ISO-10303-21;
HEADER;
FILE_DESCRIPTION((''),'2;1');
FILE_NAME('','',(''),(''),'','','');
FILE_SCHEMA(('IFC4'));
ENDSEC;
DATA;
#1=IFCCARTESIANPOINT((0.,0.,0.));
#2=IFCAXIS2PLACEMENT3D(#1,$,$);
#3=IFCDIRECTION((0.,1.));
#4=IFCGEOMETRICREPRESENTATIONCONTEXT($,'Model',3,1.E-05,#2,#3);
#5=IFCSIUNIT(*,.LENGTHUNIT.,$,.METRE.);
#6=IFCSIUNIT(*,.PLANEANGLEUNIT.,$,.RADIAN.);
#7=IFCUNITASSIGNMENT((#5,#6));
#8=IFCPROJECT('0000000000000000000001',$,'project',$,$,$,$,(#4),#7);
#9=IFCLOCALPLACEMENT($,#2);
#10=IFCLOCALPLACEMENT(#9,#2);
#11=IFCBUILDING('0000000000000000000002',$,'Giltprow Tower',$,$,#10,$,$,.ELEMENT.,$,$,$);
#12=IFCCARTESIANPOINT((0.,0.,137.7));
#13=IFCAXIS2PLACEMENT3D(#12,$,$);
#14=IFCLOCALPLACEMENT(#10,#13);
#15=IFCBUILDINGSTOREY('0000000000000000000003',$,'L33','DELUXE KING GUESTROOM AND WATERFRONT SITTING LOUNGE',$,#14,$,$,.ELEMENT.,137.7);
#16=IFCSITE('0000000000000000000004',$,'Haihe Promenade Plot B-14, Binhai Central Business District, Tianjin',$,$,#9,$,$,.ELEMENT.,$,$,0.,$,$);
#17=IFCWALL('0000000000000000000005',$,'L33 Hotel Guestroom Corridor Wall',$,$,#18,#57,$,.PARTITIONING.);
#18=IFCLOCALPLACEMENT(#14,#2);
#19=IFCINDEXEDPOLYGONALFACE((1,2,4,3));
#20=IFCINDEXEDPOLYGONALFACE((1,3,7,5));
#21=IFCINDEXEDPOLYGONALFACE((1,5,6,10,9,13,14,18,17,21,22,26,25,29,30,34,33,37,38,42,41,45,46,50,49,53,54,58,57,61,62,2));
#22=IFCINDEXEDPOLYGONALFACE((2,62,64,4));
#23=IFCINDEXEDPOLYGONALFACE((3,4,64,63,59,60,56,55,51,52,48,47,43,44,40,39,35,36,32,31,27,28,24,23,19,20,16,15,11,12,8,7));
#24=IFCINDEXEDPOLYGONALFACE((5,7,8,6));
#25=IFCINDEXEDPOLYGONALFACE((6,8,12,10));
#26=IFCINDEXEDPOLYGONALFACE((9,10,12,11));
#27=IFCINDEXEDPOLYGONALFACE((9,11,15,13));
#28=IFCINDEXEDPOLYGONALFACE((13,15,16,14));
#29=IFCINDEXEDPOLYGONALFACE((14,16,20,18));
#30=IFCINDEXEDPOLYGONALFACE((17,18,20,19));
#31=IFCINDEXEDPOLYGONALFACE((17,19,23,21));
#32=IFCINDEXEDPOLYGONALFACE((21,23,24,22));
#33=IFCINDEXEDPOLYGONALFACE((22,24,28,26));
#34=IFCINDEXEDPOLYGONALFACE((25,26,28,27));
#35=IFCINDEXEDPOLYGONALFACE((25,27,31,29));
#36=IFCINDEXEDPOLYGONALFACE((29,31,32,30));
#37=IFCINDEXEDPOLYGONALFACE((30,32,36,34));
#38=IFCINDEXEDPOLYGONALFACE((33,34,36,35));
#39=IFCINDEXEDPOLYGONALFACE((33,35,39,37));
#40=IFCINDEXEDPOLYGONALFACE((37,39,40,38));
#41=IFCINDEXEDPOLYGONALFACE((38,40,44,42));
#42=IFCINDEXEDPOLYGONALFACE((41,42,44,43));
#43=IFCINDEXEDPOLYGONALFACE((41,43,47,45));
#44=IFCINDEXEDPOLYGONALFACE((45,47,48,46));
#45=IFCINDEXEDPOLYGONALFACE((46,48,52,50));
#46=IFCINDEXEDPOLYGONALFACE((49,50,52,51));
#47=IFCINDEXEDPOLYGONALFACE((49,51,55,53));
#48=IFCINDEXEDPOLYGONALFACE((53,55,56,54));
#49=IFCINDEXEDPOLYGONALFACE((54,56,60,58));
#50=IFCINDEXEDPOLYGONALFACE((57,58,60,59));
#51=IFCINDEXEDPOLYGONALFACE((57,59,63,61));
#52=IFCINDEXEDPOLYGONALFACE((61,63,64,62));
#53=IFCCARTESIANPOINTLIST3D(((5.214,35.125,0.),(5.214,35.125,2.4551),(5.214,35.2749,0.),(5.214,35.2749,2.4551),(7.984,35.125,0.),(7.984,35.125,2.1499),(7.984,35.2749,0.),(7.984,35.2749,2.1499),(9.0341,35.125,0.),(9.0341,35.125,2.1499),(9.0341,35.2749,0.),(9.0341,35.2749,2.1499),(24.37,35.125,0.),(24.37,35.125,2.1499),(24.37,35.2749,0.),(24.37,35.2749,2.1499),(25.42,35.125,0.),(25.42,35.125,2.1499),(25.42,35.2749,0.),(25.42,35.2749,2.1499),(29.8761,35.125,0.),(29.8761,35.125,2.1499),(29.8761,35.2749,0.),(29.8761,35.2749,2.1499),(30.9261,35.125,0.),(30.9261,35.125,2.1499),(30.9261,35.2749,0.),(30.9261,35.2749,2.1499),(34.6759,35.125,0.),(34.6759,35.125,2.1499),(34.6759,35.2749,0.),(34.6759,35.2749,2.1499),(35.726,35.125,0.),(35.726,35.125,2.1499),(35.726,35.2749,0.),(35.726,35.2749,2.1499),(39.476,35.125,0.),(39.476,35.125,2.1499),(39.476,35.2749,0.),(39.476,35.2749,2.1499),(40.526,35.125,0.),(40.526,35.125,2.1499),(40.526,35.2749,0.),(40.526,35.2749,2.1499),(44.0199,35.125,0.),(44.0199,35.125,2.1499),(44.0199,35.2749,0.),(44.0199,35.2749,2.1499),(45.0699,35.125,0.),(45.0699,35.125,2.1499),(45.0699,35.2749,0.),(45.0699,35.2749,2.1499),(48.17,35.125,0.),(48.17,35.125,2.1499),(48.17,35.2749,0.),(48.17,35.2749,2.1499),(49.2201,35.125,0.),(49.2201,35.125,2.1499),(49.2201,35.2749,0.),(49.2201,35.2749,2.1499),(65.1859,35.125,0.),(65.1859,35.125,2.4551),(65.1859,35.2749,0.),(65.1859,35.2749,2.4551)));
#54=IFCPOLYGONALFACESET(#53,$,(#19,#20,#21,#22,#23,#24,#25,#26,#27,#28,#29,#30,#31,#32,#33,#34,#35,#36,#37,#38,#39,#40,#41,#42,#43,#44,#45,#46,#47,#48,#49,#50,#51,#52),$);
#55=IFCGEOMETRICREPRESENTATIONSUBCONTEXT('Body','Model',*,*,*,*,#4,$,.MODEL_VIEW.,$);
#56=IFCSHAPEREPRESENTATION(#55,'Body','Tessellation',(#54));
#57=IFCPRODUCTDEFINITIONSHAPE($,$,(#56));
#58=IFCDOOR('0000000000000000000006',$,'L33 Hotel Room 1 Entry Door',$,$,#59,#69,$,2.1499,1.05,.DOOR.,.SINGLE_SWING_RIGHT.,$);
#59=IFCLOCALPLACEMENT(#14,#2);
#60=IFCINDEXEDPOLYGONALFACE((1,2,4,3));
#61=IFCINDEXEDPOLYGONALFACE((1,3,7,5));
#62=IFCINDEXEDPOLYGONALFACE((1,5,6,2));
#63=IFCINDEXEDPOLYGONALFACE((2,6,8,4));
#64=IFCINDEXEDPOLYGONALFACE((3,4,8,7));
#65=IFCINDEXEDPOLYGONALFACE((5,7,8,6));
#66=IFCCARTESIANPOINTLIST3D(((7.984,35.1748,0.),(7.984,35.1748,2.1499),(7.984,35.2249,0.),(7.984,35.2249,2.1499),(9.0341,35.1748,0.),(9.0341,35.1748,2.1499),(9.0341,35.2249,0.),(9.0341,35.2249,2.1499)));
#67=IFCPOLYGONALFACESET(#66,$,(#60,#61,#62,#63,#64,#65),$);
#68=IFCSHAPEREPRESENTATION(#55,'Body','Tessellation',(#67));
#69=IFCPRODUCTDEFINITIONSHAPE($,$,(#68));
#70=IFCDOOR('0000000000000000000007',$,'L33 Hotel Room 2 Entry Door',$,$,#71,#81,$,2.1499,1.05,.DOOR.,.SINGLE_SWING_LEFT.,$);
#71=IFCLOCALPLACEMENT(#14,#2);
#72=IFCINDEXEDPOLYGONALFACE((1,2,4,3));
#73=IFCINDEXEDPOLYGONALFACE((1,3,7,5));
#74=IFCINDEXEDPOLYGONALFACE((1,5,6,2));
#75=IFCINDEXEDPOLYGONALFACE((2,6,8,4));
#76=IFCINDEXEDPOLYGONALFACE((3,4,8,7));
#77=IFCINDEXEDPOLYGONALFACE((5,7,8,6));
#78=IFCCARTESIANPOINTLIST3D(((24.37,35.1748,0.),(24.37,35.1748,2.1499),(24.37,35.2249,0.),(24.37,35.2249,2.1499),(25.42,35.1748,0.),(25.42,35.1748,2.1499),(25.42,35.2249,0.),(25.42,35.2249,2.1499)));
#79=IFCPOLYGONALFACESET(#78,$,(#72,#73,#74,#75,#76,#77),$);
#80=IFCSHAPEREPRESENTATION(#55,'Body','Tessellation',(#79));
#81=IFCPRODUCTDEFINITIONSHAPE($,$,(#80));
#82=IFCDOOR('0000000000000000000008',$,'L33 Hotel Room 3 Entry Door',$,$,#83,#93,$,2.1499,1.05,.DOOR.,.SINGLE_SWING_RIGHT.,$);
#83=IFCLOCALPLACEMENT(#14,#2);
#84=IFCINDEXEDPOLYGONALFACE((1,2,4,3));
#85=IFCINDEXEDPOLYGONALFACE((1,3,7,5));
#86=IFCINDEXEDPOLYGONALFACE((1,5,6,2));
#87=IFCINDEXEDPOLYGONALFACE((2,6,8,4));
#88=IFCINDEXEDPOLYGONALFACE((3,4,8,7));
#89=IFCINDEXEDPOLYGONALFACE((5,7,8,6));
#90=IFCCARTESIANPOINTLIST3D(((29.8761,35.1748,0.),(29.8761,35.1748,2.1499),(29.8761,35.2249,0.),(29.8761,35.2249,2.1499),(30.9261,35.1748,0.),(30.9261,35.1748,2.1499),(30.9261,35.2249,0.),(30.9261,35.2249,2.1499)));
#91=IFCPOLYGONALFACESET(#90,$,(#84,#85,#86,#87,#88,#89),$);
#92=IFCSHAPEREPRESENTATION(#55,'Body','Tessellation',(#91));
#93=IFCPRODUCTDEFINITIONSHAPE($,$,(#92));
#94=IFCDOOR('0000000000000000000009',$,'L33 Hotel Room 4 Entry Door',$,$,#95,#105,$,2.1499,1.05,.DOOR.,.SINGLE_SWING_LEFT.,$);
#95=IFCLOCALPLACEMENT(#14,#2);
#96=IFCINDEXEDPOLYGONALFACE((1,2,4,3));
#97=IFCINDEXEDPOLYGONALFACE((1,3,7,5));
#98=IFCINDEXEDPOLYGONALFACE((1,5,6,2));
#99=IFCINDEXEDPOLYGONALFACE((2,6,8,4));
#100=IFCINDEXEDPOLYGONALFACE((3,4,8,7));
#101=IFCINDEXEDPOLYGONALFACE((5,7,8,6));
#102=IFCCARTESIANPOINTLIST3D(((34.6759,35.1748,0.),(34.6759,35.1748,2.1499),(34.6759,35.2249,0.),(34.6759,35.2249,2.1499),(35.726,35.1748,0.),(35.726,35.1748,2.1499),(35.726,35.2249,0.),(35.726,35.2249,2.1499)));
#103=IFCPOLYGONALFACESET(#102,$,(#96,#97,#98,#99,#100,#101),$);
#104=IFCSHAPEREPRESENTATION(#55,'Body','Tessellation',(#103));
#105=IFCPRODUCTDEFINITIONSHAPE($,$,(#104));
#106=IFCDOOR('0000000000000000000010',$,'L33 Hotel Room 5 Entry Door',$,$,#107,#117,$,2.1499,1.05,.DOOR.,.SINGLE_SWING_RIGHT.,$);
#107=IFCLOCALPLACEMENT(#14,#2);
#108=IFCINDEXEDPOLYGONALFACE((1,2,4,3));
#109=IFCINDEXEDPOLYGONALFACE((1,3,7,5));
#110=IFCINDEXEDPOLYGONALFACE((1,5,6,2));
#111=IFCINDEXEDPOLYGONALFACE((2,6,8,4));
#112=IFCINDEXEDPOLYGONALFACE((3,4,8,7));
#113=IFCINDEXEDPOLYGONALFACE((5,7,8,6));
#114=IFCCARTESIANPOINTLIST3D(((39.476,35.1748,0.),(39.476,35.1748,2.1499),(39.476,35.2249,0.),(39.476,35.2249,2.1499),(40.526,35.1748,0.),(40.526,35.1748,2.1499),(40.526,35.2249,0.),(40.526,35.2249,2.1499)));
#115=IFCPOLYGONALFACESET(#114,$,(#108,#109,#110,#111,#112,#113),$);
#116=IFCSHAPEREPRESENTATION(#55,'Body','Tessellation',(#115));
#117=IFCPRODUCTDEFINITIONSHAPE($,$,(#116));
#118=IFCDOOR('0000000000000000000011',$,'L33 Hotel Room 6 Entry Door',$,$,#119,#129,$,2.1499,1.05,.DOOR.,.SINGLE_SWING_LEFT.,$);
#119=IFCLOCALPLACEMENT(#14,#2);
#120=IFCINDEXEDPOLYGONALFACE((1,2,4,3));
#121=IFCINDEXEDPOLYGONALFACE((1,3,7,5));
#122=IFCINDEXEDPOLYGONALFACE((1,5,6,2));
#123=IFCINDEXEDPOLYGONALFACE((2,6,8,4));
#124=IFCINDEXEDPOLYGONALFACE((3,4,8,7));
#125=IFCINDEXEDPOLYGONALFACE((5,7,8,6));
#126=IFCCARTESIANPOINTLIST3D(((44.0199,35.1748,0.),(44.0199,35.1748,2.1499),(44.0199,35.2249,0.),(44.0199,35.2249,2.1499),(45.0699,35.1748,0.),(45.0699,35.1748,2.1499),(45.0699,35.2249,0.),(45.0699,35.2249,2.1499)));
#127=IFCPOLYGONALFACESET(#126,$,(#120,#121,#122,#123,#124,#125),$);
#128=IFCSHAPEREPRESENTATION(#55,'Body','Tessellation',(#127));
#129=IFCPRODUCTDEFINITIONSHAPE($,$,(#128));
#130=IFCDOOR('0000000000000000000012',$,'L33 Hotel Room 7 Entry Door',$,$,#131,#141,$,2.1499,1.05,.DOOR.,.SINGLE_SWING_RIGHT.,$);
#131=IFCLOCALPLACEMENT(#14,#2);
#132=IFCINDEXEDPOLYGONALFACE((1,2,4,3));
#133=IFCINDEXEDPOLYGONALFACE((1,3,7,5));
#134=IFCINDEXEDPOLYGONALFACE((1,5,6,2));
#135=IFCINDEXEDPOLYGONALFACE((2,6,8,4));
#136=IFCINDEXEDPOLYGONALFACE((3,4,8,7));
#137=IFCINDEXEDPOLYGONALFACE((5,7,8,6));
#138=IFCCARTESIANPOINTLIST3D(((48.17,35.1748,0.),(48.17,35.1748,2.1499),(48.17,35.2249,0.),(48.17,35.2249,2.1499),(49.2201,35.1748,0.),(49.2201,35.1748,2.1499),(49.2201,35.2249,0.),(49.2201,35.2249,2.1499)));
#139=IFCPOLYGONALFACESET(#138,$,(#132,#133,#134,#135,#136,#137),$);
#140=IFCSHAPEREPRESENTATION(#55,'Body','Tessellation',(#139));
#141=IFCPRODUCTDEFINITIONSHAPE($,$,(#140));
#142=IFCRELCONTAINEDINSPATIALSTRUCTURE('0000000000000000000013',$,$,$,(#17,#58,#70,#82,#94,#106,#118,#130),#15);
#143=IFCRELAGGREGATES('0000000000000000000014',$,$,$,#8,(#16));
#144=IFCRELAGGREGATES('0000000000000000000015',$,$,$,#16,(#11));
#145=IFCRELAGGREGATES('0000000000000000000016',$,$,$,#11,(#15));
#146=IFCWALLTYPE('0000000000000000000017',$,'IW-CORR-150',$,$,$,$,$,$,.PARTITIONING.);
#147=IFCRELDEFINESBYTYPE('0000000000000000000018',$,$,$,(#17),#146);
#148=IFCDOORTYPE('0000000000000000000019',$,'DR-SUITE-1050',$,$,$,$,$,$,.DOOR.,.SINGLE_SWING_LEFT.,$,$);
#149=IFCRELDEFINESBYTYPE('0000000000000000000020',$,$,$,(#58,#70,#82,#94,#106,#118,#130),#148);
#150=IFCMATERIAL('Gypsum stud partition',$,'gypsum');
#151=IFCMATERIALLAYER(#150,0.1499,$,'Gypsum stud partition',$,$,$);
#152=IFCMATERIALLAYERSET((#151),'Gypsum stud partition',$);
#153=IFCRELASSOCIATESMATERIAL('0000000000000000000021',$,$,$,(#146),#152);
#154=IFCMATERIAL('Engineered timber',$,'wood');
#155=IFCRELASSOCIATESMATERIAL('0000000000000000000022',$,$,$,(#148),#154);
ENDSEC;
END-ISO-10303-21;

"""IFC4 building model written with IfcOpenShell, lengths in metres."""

from ifc_helpers import new_model, si_unit, direction, frame, frame_2d, origin, place, context, subcontext, project, spatial, rectangle, extrude, source, transform, mapped, material, layer, layer_set, type_object, element, fill, save


model = new_model("IFC4")

# Units and contexts
model_context = context("Model", 3, precision=1e-05, world=origin(), true_north=direction((0.0, 1.0)))
body_context = subcontext(model_context, "Body", "Model", "MODEL_VIEW")
ifc_project = project(units=[si_unit("LENGTHUNIT", "METRE"), si_unit("PLANEANGLEUNIT", "RADIAN")], contexts=[model_context])

# Site, building, storey
site_placement = place(None, origin())
site = spatial("IfcSite", under=ifc_project, at=site_placement, Name="Haihe Promenade Plot B-14, Binhai Central Business District, Tianjin", CompositionType="ELEMENT", RefElevation=0.0)
building_placement = place(site_placement, origin())
building = spatial("IfcBuilding", under=site, at=building_placement, Name="Giltprow Tower", CompositionType="ELEMENT")
storey_placement = place(building_placement, frame((0.0, 0.0, 137.7)))
storey = spatial("IfcBuildingStorey", under=building, at=storey_placement, Name="L33", Description="DELUXE KING GUESTROOM AND WATERFRONT SITTING LOUNGE", CompositionType="ELEMENT", Elevation=137.7)

# Wall, openings, doors
ifc_material_1 = material(Name="Gypsum stud partition", Category="gypsum")
ifc_layer_1 = layer(ifc_material_1, 0.1499, Name="Gypsum stud partition")
ifc_layer_set_1 = layer_set([ifc_layer_1], Name="Gypsum stud partition")
wall_type_1 = type_object("IfcWallType", Name="IW-CORR-150", PredefinedType="PARTITIONING", material=ifc_layer_set_1)
wall_1_placement = place(storey_placement, frame((5.2141, 35.2, 0.0), z_axis=(0.0, 0.0, 1.0), x_axis=(1.0, 0.0, 0.0)))
wall_1 = element("IfcWall", 1, at=wall_1_placement, inside=storey, type_object=wall_type_1, Name="L33 Hotel Guestroom Corridor Wall", PredefinedType="PARTITIONING", context=body_context, shape_type="SweptSolid", body=[
    extrude(rectangle(XDim=59.9719, YDim=0.1499, at=frame_2d((29.9858, 0.0))), origin(), (0.0, 0.0, 1.0), 2.4551),
])
opening_1_placement = place(wall_1_placement, frame((2.77, 0.0, 0.0)))
opening_1 = element("IfcOpeningElement", 2, at=opening_1_placement, cuts=wall_1, PredefinedType="OPENING", context=body_context, shape_type="SweptSolid", body=[
    extrude(rectangle(XDim=1.05, YDim=2.1499, at=frame_2d((0.5249, 1.075))), frame((0.0, 0.085, 0.0), z_axis=(0.0, -1.0, 0.0), x_axis=(1.0, 0.0, 0.0)), (0.0, 0.0, 1.0), 0.1699),
])
opening_2_placement = place(wall_1_placement, frame((19.156, 0.0, 0.0)))
opening_2 = element("IfcOpeningElement", 3, at=opening_2_placement, cuts=wall_1, PredefinedType="OPENING", context=body_context, shape_type="SweptSolid", body=[
    extrude(rectangle(XDim=1.05, YDim=2.1499, at=frame_2d((0.5249, 1.075))), frame((0.0, 0.085, 0.0), z_axis=(0.0, -1.0, 0.0), x_axis=(1.0, 0.0, 0.0)), (0.0, 0.0, 1.0), 0.1699),
])
opening_3_placement = place(wall_1_placement, frame((24.6621, 0.0, 0.0)))
opening_3 = element("IfcOpeningElement", 4, at=opening_3_placement, cuts=wall_1, PredefinedType="OPENING", context=body_context, shape_type="SweptSolid", body=[
    extrude(rectangle(XDim=1.05, YDim=2.1499, at=frame_2d((0.5249, 1.075))), frame((0.0, 0.085, 0.0), z_axis=(0.0, -1.0, 0.0), x_axis=(1.0, 0.0, 0.0)), (0.0, 0.0, 1.0), 0.1699),
])
opening_4_placement = place(wall_1_placement, frame((29.4619, 0.0, 0.0)))
opening_4 = element("IfcOpeningElement", 5, at=opening_4_placement, cuts=wall_1, PredefinedType="OPENING", context=body_context, shape_type="SweptSolid", body=[
    extrude(rectangle(XDim=1.05, YDim=2.1499, at=frame_2d((0.5249, 1.075))), frame((0.0, 0.085, 0.0), z_axis=(0.0, -1.0, 0.0), x_axis=(1.0, 0.0, 0.0)), (0.0, 0.0, 1.0), 0.1699),
])
opening_5_placement = place(wall_1_placement, frame((34.262, 0.0, 0.0)))
opening_5 = element("IfcOpeningElement", 6, at=opening_5_placement, cuts=wall_1, PredefinedType="OPENING", context=body_context, shape_type="SweptSolid", body=[
    extrude(rectangle(XDim=1.05, YDim=2.1499, at=frame_2d((0.5249, 1.075))), frame((0.0, 0.085, 0.0), z_axis=(0.0, -1.0, 0.0), x_axis=(1.0, 0.0, 0.0)), (0.0, 0.0, 1.0), 0.1699),
])
opening_6_placement = place(wall_1_placement, frame((38.8059, 0.0, 0.0)))
opening_6 = element("IfcOpeningElement", 7, at=opening_6_placement, cuts=wall_1, PredefinedType="OPENING", context=body_context, shape_type="SweptSolid", body=[
    extrude(rectangle(XDim=1.05, YDim=2.1499, at=frame_2d((0.5249, 1.075))), frame((0.0, 0.085, 0.0), z_axis=(0.0, -1.0, 0.0), x_axis=(1.0, 0.0, 0.0)), (0.0, 0.0, 1.0), 0.1699),
])
opening_7_placement = place(wall_1_placement, frame((42.9561, 0.0, 0.0)))
opening_7 = element("IfcOpeningElement", 8, at=opening_7_placement, cuts=wall_1, PredefinedType="OPENING", context=body_context, shape_type="SweptSolid", body=[
    extrude(rectangle(XDim=1.05, YDim=2.1499, at=frame_2d((0.5249, 1.075))), frame((0.0, 0.085, 0.0), z_axis=(0.0, -1.0, 0.0), x_axis=(1.0, 0.0, 0.0)), (0.0, 0.0, 1.0), 0.1699),
])
ifc_material_2 = material(Name="Engineered timber", Category="wood")
door_type_1 = type_object("IfcDoorType", Name="DR-SUITE-1050", OperationType="SINGLE_SWING_LEFT", PredefinedType="DOOR", material=ifc_material_2)
shared_shape_1 = source(origin(), body_context, "Body", "SweptSolid", [
    extrude(rectangle(XDim=1.05, YDim=2.1499, at=frame_2d((0.5249, 1.075))), frame((0.0, 0.0249, 0.0), z_axis=(0.0, -1.0, 0.0), x_axis=(1.0, 0.0, 0.0)), (0.0, 0.0, 1.0), 0.05),
])
door_1_placement = place(opening_1_placement, origin())
door_1 = element("IfcDoor", 9, at=door_1_placement, inside=storey, type_object=door_type_1, Name="L33 Hotel Room 1 Entry Door", OperationType="SINGLE_SWING_RIGHT", OverallHeight=2.1499, OverallWidth=1.05, PredefinedType="DOOR", context=body_context, shape_type="MappedRepresentation", body=[
    mapped(shared_shape_1, transform((0.0, 0.0, 0.0), x_axis=(1.0, 0.0, 0.0), y_axis=(0.0, 1.0, 0.0), z_axis=(0.0, 0.0, 1.0), scale=1.0)),
])
fill(opening_1, door_1)
door_2_placement = place(opening_2_placement, origin())
door_2 = element("IfcDoor", 10, at=door_2_placement, inside=storey, type_object=door_type_1, Name="L33 Hotel Room 2 Entry Door", OperationType="SINGLE_SWING_LEFT", OverallHeight=2.1499, OverallWidth=1.05, PredefinedType="DOOR", context=body_context, shape_type="MappedRepresentation", body=[
    mapped(shared_shape_1, transform((0.0, 0.0, 0.0), x_axis=(1.0, 0.0, 0.0), y_axis=(0.0, 1.0, 0.0), z_axis=(0.0, 0.0, 1.0), scale=1.0)),
])
fill(opening_2, door_2)
door_3_placement = place(opening_3_placement, origin())
door_3 = element("IfcDoor", 11, at=door_3_placement, inside=storey, type_object=door_type_1, Name="L33 Hotel Room 3 Entry Door", OperationType="SINGLE_SWING_RIGHT", OverallHeight=2.1499, OverallWidth=1.05, PredefinedType="DOOR", context=body_context, shape_type="MappedRepresentation", body=[
    mapped(shared_shape_1, transform((0.0, 0.0, 0.0), x_axis=(1.0, 0.0, 0.0), y_axis=(0.0, 1.0, 0.0), z_axis=(0.0, 0.0, 1.0), scale=1.0)),
])
fill(opening_3, door_3)
door_4_placement = place(opening_4_placement, origin())
door_4 = element("IfcDoor", 12, at=door_4_placement, inside=storey, type_object=door_type_1, Name="L33 Hotel Room 4 Entry Door", OperationType="SINGLE_SWING_LEFT", OverallHeight=2.1499, OverallWidth=1.05, PredefinedType="DOOR", context=body_context, shape_type="MappedRepresentation", body=[
    mapped(shared_shape_1, transform((0.0, 0.0, 0.0), x_axis=(1.0, 0.0, 0.0), y_axis=(0.0, 1.0, 0.0), z_axis=(0.0, 0.0, 1.0), scale=1.0)),
])
fill(opening_4, door_4)
door_5_placement = place(opening_5_placement, origin())
door_5 = element("IfcDoor", 13, at=door_5_placement, inside=storey, type_object=door_type_1, Name="L33 Hotel Room 5 Entry Door", OperationType="SINGLE_SWING_RIGHT", OverallHeight=2.1499, OverallWidth=1.05, PredefinedType="DOOR", context=body_context, shape_type="MappedRepresentation", body=[
    mapped(shared_shape_1, transform((0.0, 0.0, 0.0), x_axis=(1.0, 0.0, 0.0), y_axis=(0.0, 1.0, 0.0), z_axis=(0.0, 0.0, 1.0), scale=1.0)),
])
fill(opening_5, door_5)
door_6_placement = place(opening_6_placement, origin())
door_6 = element("IfcDoor", 14, at=door_6_placement, inside=storey, type_object=door_type_1, Name="L33 Hotel Room 6 Entry Door", OperationType="SINGLE_SWING_LEFT", OverallHeight=2.1499, OverallWidth=1.05, PredefinedType="DOOR", context=body_context, shape_type="MappedRepresentation", body=[
    mapped(shared_shape_1, transform((0.0, 0.0, 0.0), x_axis=(1.0, 0.0, 0.0), y_axis=(0.0, 1.0, 0.0), z_axis=(0.0, 0.0, 1.0), scale=1.0)),
])
fill(opening_6, door_6)
door_7_placement = place(opening_7_placement, origin())
door_7 = element("IfcDoor", 15, at=door_7_placement, inside=storey, type_object=door_type_1, Name="L33 Hotel Room 7 Entry Door", OperationType="SINGLE_SWING_RIGHT", OverallHeight=2.1499, OverallWidth=1.05, PredefinedType="DOOR", context=body_context, shape_type="MappedRepresentation", body=[
    mapped(shared_shape_1, transform((0.0, 0.0, 0.0), x_axis=(1.0, 0.0, 0.0), y_axis=(0.0, 1.0, 0.0), z_axis=(0.0, 0.0, 1.0), scale=1.0)),
])
fill(opening_7, door_7)

save(model, "model.ifc")
